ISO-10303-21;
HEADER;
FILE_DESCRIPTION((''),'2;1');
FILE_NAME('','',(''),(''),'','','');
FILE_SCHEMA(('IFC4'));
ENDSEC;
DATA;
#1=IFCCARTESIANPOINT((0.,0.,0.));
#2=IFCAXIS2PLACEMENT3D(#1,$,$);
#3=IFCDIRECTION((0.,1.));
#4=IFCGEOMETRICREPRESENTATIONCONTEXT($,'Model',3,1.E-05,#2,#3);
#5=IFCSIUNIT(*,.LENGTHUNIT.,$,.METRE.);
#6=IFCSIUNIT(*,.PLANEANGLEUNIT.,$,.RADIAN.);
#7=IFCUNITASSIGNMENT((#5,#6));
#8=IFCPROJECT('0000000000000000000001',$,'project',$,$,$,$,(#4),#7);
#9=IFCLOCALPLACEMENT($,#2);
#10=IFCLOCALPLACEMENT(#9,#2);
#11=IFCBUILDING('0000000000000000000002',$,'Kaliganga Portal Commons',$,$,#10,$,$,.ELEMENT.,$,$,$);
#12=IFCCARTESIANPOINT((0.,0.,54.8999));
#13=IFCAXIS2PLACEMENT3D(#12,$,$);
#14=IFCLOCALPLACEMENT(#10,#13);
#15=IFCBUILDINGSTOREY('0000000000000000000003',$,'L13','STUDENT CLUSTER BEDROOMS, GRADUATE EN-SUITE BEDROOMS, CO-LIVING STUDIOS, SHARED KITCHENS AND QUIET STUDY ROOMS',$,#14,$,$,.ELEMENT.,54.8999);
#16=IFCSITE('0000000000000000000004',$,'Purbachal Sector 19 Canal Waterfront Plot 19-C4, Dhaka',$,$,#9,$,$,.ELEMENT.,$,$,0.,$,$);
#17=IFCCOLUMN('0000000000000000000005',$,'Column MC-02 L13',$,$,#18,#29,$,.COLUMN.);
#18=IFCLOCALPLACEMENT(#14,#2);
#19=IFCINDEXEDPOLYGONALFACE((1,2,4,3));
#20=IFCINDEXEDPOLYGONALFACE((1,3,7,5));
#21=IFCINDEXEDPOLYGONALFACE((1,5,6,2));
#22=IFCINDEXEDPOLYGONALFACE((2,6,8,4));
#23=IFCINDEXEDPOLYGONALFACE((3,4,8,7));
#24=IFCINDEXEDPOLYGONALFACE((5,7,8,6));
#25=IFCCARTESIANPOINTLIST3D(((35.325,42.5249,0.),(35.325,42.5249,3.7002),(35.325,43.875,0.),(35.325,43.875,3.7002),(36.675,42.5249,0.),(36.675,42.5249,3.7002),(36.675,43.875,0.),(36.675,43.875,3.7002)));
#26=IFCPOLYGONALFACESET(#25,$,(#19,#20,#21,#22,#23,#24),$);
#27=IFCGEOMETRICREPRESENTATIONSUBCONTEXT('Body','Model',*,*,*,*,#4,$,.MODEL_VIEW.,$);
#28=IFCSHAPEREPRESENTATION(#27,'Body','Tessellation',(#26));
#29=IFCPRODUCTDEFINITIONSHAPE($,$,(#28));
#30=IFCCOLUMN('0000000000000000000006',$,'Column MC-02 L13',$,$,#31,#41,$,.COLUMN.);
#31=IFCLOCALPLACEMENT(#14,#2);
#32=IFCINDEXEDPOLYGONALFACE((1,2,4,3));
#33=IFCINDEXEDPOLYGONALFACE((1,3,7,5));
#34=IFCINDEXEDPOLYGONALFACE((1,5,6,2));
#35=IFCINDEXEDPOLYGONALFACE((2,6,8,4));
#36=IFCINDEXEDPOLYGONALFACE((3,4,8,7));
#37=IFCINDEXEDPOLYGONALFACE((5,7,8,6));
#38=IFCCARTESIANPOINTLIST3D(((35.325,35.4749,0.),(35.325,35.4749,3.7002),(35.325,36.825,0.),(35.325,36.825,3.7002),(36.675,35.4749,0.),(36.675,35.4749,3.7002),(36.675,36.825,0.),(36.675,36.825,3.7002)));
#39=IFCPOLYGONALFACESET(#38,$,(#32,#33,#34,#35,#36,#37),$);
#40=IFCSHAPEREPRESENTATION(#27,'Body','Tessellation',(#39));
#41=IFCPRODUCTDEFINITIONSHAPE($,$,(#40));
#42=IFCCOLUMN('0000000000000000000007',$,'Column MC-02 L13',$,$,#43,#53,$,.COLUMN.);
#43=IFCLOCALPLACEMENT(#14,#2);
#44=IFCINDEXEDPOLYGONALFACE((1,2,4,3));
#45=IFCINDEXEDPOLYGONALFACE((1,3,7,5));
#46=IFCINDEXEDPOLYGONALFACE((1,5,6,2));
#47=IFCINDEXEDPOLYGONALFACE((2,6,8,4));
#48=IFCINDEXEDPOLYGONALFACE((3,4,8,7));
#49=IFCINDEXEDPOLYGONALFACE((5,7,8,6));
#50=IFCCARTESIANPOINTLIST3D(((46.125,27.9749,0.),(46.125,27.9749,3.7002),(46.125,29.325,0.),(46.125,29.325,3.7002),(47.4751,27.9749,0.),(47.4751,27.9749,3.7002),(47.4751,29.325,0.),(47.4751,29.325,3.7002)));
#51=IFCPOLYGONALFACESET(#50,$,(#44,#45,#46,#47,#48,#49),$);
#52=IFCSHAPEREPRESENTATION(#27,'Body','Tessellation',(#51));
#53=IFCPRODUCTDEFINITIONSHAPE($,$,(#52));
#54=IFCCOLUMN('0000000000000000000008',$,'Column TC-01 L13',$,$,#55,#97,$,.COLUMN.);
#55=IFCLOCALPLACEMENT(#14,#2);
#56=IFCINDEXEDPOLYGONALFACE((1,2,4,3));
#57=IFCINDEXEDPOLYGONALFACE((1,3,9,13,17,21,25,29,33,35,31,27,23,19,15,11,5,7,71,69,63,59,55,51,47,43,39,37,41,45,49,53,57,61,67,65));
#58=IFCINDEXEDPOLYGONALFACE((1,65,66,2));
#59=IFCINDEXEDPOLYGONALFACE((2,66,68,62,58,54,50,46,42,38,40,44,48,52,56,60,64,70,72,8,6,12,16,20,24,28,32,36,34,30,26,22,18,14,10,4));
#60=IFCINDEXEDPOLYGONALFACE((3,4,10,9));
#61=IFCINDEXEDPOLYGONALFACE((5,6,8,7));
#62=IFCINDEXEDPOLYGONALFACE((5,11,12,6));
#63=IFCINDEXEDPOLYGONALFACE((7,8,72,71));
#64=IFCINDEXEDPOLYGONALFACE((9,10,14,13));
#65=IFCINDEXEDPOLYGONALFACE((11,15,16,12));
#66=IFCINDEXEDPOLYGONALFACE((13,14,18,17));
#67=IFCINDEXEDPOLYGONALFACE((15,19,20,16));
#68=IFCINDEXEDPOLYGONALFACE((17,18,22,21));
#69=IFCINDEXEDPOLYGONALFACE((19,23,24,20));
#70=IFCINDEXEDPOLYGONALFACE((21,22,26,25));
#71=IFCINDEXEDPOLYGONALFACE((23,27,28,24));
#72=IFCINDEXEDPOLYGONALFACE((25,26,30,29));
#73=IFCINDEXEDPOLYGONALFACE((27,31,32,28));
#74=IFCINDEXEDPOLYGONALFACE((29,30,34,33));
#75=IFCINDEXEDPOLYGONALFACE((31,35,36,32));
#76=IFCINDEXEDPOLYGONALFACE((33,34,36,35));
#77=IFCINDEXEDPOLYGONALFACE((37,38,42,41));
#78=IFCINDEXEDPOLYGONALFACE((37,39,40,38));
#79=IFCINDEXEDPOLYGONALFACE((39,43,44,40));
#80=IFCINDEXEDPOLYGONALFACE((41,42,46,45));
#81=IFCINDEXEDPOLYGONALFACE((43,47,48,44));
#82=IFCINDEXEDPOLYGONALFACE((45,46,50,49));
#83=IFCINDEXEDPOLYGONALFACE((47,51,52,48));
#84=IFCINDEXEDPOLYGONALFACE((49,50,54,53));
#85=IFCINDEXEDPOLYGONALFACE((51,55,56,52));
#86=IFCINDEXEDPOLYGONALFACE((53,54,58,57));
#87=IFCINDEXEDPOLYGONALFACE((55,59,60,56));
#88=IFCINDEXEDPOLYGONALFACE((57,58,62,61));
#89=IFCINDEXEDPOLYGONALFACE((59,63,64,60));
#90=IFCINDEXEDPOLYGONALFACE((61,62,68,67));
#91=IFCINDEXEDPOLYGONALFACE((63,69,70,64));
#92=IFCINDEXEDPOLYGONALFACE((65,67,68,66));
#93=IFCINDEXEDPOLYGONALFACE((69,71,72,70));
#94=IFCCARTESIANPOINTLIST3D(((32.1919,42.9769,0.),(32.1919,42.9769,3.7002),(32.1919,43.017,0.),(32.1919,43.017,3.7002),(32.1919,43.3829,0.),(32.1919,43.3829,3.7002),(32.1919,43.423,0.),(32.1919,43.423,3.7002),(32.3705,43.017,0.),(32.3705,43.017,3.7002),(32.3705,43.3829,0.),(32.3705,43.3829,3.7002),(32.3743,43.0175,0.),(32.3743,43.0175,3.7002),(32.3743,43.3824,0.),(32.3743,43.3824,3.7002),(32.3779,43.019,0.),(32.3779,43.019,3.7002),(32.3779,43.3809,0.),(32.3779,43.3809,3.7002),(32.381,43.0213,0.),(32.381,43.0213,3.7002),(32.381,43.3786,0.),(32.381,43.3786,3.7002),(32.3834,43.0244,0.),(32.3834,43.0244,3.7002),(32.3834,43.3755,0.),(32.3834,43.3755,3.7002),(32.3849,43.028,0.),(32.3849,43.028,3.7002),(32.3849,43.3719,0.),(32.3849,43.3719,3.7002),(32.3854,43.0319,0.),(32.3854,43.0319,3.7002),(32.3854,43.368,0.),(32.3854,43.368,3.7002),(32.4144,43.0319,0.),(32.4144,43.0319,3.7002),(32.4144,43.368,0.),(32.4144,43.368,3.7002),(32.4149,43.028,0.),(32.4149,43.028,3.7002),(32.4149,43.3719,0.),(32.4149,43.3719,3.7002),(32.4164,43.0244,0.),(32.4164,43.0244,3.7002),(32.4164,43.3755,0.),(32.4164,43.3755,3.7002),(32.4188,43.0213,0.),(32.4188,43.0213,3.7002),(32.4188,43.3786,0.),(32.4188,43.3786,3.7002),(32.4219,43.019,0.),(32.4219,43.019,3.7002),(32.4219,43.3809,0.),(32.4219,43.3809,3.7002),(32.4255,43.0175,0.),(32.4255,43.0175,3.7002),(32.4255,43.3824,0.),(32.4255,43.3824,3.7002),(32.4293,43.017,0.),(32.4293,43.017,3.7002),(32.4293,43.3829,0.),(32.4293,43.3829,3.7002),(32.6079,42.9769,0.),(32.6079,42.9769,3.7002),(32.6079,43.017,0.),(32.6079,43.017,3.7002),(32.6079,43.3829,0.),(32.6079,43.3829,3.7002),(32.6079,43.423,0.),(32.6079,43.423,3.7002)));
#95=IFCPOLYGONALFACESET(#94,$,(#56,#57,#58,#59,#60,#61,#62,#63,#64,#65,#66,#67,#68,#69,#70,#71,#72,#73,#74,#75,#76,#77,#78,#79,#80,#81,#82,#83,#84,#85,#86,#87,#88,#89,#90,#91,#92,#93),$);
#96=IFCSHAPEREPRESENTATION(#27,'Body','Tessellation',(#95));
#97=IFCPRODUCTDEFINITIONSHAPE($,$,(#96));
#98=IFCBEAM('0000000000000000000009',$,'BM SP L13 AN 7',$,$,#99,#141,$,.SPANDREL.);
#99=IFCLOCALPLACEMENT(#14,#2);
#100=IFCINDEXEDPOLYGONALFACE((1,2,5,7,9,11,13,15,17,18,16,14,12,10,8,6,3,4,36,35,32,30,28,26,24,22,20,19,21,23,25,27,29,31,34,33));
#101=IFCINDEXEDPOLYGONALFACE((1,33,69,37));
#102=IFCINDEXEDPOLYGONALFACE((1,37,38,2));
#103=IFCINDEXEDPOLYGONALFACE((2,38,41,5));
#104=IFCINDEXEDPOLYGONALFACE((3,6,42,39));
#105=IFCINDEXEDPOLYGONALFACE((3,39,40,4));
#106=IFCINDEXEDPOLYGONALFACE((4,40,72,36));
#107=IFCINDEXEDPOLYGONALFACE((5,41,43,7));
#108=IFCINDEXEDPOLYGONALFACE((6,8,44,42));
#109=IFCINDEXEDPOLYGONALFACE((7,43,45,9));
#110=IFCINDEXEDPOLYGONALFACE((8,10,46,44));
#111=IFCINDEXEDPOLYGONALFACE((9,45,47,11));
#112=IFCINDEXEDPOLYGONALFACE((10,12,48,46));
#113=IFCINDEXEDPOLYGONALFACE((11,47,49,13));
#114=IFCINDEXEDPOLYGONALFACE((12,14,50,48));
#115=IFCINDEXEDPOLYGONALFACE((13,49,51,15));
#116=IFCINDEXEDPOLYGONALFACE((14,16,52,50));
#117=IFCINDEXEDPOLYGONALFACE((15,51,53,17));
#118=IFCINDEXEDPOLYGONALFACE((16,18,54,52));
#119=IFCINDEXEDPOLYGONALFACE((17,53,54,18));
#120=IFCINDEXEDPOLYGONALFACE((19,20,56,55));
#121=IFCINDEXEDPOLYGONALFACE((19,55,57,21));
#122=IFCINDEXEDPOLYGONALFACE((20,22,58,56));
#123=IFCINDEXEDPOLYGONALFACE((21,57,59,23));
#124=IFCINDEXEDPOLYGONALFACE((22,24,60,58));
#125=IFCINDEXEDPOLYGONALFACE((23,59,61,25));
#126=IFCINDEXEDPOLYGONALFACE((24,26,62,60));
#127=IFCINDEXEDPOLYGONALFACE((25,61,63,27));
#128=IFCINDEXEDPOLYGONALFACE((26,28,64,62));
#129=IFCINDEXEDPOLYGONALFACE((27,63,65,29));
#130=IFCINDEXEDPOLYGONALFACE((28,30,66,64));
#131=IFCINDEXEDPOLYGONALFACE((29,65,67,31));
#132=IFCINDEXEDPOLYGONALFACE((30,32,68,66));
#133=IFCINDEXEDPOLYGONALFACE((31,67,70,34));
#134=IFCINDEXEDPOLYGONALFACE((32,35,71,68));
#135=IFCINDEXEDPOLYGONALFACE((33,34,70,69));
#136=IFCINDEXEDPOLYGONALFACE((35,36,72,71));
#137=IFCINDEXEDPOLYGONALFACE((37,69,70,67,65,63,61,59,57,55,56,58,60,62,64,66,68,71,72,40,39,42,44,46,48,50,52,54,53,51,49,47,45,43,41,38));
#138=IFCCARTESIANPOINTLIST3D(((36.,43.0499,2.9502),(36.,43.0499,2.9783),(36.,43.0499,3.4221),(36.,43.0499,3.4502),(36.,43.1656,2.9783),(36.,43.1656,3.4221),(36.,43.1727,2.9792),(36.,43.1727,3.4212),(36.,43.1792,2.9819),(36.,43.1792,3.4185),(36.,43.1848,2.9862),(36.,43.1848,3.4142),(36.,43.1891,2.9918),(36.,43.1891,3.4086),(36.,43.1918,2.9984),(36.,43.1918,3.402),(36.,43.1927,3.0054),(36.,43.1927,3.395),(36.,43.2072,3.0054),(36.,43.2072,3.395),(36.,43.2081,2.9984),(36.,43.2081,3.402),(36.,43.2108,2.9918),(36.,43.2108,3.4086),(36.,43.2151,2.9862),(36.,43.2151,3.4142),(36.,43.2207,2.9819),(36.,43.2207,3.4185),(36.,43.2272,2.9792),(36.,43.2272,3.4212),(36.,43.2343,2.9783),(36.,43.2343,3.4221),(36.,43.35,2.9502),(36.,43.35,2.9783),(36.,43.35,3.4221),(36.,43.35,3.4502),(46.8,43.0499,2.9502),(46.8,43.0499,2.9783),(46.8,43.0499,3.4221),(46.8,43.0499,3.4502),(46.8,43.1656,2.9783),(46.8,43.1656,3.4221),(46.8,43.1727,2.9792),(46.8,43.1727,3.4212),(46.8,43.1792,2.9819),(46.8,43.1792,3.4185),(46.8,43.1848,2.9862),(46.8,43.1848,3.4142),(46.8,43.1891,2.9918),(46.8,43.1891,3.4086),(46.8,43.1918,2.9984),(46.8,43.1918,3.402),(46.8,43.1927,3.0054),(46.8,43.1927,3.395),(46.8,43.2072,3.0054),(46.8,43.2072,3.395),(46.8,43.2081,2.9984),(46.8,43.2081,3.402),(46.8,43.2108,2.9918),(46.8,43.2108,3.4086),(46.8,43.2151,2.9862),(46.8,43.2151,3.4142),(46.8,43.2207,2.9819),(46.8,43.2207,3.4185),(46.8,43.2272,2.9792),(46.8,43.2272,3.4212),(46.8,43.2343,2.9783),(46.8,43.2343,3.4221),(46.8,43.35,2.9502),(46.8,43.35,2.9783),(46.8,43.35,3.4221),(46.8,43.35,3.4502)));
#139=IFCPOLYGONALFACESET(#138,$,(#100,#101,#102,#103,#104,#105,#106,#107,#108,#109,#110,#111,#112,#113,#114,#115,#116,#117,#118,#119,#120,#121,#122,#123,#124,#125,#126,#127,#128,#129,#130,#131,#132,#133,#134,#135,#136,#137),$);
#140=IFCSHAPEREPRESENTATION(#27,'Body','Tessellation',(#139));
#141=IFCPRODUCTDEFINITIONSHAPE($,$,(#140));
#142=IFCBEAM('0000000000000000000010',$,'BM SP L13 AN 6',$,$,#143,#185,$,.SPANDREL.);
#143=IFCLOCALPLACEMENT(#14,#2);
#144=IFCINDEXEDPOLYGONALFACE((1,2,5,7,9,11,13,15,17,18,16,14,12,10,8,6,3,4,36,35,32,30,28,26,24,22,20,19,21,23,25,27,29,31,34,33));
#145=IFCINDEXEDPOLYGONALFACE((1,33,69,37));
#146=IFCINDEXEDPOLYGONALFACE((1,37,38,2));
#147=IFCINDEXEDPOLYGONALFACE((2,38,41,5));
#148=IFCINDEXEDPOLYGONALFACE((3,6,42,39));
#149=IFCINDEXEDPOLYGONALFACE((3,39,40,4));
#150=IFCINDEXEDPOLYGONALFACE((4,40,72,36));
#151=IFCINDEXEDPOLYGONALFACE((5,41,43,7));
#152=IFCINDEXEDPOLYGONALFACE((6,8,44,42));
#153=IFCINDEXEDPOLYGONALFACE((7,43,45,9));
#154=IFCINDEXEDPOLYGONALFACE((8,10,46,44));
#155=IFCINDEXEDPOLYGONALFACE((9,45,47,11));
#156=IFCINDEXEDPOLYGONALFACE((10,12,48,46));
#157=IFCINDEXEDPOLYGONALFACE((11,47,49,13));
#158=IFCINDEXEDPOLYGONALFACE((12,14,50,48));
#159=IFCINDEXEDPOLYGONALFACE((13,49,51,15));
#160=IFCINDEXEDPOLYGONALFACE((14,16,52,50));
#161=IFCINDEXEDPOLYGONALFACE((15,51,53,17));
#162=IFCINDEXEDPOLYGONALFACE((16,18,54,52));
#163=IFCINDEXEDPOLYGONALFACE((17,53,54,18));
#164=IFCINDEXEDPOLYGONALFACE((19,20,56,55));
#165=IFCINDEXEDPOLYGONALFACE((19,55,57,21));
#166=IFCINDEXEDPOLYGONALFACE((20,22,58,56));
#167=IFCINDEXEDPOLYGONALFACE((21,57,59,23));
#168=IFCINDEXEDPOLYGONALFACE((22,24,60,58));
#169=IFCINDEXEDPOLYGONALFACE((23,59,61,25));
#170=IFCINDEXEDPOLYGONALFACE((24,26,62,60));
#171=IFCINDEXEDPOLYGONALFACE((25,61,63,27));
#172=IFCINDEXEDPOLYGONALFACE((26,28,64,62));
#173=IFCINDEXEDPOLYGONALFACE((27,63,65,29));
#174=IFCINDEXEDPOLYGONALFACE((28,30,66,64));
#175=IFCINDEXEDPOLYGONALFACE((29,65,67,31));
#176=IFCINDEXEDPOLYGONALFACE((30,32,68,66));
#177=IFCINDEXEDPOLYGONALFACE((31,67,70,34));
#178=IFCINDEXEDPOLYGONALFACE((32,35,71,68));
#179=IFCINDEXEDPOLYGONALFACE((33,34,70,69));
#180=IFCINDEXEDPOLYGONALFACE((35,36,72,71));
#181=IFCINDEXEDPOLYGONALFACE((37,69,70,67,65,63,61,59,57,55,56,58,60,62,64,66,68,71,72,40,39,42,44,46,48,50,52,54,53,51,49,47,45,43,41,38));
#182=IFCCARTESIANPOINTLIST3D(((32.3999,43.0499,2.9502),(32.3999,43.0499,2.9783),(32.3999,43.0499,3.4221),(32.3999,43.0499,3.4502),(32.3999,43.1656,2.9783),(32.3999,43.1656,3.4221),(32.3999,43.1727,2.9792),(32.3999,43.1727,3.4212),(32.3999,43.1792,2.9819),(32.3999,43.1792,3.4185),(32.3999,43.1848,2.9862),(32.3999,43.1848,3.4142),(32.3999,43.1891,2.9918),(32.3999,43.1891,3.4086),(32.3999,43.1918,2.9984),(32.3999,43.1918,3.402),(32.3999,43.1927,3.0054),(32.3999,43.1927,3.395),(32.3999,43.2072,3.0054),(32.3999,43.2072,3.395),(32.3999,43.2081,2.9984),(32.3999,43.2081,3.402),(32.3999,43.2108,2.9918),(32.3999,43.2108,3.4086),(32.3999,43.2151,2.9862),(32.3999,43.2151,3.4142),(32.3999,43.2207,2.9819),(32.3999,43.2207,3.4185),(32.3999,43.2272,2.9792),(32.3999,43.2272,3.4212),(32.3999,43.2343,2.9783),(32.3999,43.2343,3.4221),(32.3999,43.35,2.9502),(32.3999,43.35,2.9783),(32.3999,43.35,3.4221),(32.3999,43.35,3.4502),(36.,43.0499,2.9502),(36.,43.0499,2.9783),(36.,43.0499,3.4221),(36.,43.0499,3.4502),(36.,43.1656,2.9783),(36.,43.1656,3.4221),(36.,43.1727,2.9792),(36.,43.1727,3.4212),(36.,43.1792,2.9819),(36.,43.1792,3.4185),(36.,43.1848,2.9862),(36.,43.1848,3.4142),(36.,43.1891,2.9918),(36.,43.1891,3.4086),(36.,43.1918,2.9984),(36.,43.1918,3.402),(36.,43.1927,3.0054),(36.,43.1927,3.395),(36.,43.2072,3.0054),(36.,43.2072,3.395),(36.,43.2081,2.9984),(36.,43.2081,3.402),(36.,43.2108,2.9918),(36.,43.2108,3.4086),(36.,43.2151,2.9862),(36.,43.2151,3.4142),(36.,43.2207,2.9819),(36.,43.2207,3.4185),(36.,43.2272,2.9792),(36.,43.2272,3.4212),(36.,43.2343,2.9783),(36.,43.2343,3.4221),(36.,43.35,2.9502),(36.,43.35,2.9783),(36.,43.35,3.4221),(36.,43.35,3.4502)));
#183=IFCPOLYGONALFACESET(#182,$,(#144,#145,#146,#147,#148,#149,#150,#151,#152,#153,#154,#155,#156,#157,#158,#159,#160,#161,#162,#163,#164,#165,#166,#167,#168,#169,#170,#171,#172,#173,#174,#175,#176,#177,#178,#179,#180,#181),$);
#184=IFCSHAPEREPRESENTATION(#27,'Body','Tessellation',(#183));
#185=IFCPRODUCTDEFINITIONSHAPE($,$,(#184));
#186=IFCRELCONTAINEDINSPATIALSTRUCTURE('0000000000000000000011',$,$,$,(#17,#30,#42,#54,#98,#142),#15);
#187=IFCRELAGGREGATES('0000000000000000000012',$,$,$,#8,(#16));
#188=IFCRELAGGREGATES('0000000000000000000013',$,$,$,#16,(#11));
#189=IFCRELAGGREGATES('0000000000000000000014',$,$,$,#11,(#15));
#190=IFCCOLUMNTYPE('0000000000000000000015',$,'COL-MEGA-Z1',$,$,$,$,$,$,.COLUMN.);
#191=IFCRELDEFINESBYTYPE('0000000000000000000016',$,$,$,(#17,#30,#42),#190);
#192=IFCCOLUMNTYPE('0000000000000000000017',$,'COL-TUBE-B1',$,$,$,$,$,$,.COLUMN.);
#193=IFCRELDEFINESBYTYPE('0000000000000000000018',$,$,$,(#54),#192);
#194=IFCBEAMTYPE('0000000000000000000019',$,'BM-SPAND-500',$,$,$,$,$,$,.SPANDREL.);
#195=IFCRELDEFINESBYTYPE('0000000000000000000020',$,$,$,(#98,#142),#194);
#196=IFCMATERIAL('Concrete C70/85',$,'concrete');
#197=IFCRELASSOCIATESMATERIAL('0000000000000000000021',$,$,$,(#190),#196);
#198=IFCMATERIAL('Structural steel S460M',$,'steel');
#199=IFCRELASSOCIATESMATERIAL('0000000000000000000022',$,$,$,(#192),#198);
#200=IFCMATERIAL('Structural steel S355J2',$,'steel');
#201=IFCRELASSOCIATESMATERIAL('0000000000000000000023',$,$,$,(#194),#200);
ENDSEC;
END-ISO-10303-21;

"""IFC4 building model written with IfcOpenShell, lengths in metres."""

from ifc_helpers import new_model, si_unit, direction, frame, origin, origin_2d, place, context, subcontext, project, spatial, rectangle, i_section, extrude, source, transform, mapped, material, material_profile, profile_set, type_object, element, save


model = new_model("IFC4")

# Units and contexts
model_context = context("Model", 3, precision=1e-05, world=origin(), true_north=direction((0.0, 1.0)))
body_context = subcontext(model_context, "Body", "Model", "MODEL_VIEW")
ifc_project = project(units=[si_unit("LENGTHUNIT", "METRE"), si_unit("PLANEANGLEUNIT", "RADIAN")], contexts=[model_context])

# Site, building, storey
site_placement = place(None, origin())
site = spatial("IfcSite", under=ifc_project, at=site_placement, Name="Purbachal Sector 19 Canal Waterfront Plot 19-C4, Dhaka", CompositionType="ELEMENT", RefElevation=0.0)
building_placement = place(site_placement, origin())
building = spatial("IfcBuilding", under=site, at=building_placement, Name="Kaliganga Portal Commons", CompositionType="ELEMENT")
storey_placement = place(building_placement, frame((0.0, 0.0, 54.8999)))
storey = spatial("IfcBuildingStorey", under=building, at=storey_placement, Name="L13", Description="STUDENT CLUSTER BEDROOMS, GRADUATE EN-SUITE BEDROOMS, CO-LIVING STUDIOS, SHARED KITCHENS AND QUIET STUDY ROOMS", CompositionType="ELEMENT", Elevation=54.8999)

# Columns
ifc_material_1 = material(Name="Concrete C70/85", Category="concrete")
ifc_material_profile_1 = material_profile(ifc_material_1, rectangle(XDim=1.3501, YDim=1.3501, at=origin_2d()), Name="RC 1350x1350")
ifc_profile_set_1 = profile_set([ifc_material_profile_1], Name="Concrete C70/85")
column_type_1 = type_object("IfcColumnType", Name="COL-MEGA-Z1", PredefinedType="COLUMN", material=ifc_profile_set_1)
shared_shape_1 = source(origin(), body_context, "Body", "SweptSolid", [
    extrude(rectangle(XDim=1.3501, YDim=1.3501, at=origin_2d()), origin(), (0.0, 0.0, 1.0), 3.7002),
])
for number, where, z_axis, x_axis, name in (
    (1, (36.0, 43.2, 0.0), (0.0, 0.0, 1.0), (1.0, 0.0, 0.0), "Column MC-02 L13"),
    (2, (36.0, 36.1499, 0.0), (0.0, 0.0, 1.0), (1.0, 0.0, 0.0), "Column MC-02 L13"),
    (3, (46.8, 28.6499, 0.0), (0.0, 0.0, 1.0), (1.0, 0.0, 0.0), "Column MC-02 L13"),
):
    element("IfcColumn", number, at=place(storey_placement, frame(where, z_axis=z_axis, x_axis=x_axis)), inside=storey, type_object=column_type_1, Name=name, PredefinedType="COLUMN", context=body_context, shape_type="MappedRepresentation", body=[
        mapped(shared_shape_1, transform((0.0, 0.0, 0.0), x_axis=(1.0, 0.0, 0.0), y_axis=(0.0, 1.0, 0.0), z_axis=(0.0, 0.0, 1.0), scale=1.0)),
    ])
ifc_material_2 = material(Name="Structural steel S460M", Category="steel")
ifc_material_profile_2 = material_profile(ifc_material_2, i_section(OverallWidth=0.416, OverallDepth=0.446, WebThickness=0.0291, FlangeThickness=0.04, FilletRadius=0.0149, at=origin_2d()), Name="HD 400x509")
ifc_profile_set_2 = profile_set([ifc_material_profile_2], Name="Structural steel S460M wide-flange")
column_type_2 = type_object("IfcColumnType", Name="COL-TUBE-B1", PredefinedType="COLUMN", material=ifc_profile_set_2)
shared_shape_2 = source(origin(), body_context, "Body", "SweptSolid", [
    extrude(i_section(OverallWidth=0.416, OverallDepth=0.446, WebThickness=0.0291, FlangeThickness=0.04, FilletRadius=0.0149, at=origin_2d()), origin(), (0.0, 0.0, 1.0), 3.7002),
])
column_placement = place(storey_placement, frame((32.3999, 43.2, 0.0), z_axis=(0.0, 0.0, 1.0), x_axis=(1.0, 0.0, 0.0)))
element("IfcColumn", 4, at=column_placement, inside=storey, type_object=column_type_2, Name="Column TC-01 L13", PredefinedType="COLUMN", context=body_context, shape_type="MappedRepresentation", body=[
    mapped(shared_shape_2, transform((0.0, 0.0, 0.0), x_axis=(1.0, 0.0, 0.0), y_axis=(0.0, 1.0, 0.0), z_axis=(0.0, 0.0, 1.0), scale=1.0)),
])

# Beams
ifc_material_3 = material(Name="Structural steel S355J2", Category="steel")
ifc_material_profile_3 = material_profile(ifc_material_3, i_section(OverallWidth=0.3, OverallDepth=0.5, WebThickness=0.0144, FlangeThickness=0.0281, FilletRadius=0.0271, at=origin_2d()), Name="HE 500 B")
ifc_profile_set_3 = profile_set([ifc_material_profile_3], Name="Structural steel S355J2 wide-flange")
beam_type_1 = type_object("IfcBeamType", Name="BM-SPAND-500", PredefinedType="SPANDREL", material=ifc_profile_set_3)
shared_shape_3 = source(origin(), body_context, "Body", "SweptSolid", [
    extrude(i_section(OverallWidth=0.3, OverallDepth=0.5, WebThickness=0.0144, FlangeThickness=0.0281, FilletRadius=0.0271, at=origin_2d()), origin(), (0.0, 0.0, 1.0), 10.8),
])
beam_1_placement = place(storey_placement, frame((36.0, 43.2, 3.2002), z_axis=(1.0, 0.0, 0.0), x_axis=(0.0, 1.0, 0.0)))
element("IfcBeam", 5, at=beam_1_placement, inside=storey, type_object=beam_type_1, Name="BM SP L13 AN 7", PredefinedType="SPANDREL", context=body_context, shape_type="MappedRepresentation", body=[
    mapped(shared_shape_3, transform((0.0, 0.0, 0.0), x_axis=(1.0, 0.0, 0.0), y_axis=(0.0, 1.0, 0.0), z_axis=(0.0, 0.0, 1.0), scale=1.0)),
])
shared_shape_4 = source(origin(), body_context, "Body", "SweptSolid", [
    extrude(i_section(OverallWidth=0.3, OverallDepth=0.5, WebThickness=0.0144, FlangeThickness=0.0281, FilletRadius=0.0271, at=origin_2d()), origin(), (0.0, 0.0, 1.0), 3.6001),
])
beam_2_placement = place(storey_placement, frame((32.3999, 43.2, 3.2002), z_axis=(1.0, 0.0, 0.0), x_axis=(0.0, 1.0, 0.0)))
element("IfcBeam", 6, at=beam_2_placement, inside=storey, type_object=beam_type_1, Name="BM SP L13 AN 6", PredefinedType="SPANDREL", context=body_context, shape_type="MappedRepresentation", body=[
    mapped(shared_shape_4, transform((0.0, 0.0, 0.0), x_axis=(1.0, 0.0, 0.0), y_axis=(0.0, 1.0, 0.0), z_axis=(0.0, 0.0, 1.0), scale=1.0)),
])

save(model, "model.ifc")
